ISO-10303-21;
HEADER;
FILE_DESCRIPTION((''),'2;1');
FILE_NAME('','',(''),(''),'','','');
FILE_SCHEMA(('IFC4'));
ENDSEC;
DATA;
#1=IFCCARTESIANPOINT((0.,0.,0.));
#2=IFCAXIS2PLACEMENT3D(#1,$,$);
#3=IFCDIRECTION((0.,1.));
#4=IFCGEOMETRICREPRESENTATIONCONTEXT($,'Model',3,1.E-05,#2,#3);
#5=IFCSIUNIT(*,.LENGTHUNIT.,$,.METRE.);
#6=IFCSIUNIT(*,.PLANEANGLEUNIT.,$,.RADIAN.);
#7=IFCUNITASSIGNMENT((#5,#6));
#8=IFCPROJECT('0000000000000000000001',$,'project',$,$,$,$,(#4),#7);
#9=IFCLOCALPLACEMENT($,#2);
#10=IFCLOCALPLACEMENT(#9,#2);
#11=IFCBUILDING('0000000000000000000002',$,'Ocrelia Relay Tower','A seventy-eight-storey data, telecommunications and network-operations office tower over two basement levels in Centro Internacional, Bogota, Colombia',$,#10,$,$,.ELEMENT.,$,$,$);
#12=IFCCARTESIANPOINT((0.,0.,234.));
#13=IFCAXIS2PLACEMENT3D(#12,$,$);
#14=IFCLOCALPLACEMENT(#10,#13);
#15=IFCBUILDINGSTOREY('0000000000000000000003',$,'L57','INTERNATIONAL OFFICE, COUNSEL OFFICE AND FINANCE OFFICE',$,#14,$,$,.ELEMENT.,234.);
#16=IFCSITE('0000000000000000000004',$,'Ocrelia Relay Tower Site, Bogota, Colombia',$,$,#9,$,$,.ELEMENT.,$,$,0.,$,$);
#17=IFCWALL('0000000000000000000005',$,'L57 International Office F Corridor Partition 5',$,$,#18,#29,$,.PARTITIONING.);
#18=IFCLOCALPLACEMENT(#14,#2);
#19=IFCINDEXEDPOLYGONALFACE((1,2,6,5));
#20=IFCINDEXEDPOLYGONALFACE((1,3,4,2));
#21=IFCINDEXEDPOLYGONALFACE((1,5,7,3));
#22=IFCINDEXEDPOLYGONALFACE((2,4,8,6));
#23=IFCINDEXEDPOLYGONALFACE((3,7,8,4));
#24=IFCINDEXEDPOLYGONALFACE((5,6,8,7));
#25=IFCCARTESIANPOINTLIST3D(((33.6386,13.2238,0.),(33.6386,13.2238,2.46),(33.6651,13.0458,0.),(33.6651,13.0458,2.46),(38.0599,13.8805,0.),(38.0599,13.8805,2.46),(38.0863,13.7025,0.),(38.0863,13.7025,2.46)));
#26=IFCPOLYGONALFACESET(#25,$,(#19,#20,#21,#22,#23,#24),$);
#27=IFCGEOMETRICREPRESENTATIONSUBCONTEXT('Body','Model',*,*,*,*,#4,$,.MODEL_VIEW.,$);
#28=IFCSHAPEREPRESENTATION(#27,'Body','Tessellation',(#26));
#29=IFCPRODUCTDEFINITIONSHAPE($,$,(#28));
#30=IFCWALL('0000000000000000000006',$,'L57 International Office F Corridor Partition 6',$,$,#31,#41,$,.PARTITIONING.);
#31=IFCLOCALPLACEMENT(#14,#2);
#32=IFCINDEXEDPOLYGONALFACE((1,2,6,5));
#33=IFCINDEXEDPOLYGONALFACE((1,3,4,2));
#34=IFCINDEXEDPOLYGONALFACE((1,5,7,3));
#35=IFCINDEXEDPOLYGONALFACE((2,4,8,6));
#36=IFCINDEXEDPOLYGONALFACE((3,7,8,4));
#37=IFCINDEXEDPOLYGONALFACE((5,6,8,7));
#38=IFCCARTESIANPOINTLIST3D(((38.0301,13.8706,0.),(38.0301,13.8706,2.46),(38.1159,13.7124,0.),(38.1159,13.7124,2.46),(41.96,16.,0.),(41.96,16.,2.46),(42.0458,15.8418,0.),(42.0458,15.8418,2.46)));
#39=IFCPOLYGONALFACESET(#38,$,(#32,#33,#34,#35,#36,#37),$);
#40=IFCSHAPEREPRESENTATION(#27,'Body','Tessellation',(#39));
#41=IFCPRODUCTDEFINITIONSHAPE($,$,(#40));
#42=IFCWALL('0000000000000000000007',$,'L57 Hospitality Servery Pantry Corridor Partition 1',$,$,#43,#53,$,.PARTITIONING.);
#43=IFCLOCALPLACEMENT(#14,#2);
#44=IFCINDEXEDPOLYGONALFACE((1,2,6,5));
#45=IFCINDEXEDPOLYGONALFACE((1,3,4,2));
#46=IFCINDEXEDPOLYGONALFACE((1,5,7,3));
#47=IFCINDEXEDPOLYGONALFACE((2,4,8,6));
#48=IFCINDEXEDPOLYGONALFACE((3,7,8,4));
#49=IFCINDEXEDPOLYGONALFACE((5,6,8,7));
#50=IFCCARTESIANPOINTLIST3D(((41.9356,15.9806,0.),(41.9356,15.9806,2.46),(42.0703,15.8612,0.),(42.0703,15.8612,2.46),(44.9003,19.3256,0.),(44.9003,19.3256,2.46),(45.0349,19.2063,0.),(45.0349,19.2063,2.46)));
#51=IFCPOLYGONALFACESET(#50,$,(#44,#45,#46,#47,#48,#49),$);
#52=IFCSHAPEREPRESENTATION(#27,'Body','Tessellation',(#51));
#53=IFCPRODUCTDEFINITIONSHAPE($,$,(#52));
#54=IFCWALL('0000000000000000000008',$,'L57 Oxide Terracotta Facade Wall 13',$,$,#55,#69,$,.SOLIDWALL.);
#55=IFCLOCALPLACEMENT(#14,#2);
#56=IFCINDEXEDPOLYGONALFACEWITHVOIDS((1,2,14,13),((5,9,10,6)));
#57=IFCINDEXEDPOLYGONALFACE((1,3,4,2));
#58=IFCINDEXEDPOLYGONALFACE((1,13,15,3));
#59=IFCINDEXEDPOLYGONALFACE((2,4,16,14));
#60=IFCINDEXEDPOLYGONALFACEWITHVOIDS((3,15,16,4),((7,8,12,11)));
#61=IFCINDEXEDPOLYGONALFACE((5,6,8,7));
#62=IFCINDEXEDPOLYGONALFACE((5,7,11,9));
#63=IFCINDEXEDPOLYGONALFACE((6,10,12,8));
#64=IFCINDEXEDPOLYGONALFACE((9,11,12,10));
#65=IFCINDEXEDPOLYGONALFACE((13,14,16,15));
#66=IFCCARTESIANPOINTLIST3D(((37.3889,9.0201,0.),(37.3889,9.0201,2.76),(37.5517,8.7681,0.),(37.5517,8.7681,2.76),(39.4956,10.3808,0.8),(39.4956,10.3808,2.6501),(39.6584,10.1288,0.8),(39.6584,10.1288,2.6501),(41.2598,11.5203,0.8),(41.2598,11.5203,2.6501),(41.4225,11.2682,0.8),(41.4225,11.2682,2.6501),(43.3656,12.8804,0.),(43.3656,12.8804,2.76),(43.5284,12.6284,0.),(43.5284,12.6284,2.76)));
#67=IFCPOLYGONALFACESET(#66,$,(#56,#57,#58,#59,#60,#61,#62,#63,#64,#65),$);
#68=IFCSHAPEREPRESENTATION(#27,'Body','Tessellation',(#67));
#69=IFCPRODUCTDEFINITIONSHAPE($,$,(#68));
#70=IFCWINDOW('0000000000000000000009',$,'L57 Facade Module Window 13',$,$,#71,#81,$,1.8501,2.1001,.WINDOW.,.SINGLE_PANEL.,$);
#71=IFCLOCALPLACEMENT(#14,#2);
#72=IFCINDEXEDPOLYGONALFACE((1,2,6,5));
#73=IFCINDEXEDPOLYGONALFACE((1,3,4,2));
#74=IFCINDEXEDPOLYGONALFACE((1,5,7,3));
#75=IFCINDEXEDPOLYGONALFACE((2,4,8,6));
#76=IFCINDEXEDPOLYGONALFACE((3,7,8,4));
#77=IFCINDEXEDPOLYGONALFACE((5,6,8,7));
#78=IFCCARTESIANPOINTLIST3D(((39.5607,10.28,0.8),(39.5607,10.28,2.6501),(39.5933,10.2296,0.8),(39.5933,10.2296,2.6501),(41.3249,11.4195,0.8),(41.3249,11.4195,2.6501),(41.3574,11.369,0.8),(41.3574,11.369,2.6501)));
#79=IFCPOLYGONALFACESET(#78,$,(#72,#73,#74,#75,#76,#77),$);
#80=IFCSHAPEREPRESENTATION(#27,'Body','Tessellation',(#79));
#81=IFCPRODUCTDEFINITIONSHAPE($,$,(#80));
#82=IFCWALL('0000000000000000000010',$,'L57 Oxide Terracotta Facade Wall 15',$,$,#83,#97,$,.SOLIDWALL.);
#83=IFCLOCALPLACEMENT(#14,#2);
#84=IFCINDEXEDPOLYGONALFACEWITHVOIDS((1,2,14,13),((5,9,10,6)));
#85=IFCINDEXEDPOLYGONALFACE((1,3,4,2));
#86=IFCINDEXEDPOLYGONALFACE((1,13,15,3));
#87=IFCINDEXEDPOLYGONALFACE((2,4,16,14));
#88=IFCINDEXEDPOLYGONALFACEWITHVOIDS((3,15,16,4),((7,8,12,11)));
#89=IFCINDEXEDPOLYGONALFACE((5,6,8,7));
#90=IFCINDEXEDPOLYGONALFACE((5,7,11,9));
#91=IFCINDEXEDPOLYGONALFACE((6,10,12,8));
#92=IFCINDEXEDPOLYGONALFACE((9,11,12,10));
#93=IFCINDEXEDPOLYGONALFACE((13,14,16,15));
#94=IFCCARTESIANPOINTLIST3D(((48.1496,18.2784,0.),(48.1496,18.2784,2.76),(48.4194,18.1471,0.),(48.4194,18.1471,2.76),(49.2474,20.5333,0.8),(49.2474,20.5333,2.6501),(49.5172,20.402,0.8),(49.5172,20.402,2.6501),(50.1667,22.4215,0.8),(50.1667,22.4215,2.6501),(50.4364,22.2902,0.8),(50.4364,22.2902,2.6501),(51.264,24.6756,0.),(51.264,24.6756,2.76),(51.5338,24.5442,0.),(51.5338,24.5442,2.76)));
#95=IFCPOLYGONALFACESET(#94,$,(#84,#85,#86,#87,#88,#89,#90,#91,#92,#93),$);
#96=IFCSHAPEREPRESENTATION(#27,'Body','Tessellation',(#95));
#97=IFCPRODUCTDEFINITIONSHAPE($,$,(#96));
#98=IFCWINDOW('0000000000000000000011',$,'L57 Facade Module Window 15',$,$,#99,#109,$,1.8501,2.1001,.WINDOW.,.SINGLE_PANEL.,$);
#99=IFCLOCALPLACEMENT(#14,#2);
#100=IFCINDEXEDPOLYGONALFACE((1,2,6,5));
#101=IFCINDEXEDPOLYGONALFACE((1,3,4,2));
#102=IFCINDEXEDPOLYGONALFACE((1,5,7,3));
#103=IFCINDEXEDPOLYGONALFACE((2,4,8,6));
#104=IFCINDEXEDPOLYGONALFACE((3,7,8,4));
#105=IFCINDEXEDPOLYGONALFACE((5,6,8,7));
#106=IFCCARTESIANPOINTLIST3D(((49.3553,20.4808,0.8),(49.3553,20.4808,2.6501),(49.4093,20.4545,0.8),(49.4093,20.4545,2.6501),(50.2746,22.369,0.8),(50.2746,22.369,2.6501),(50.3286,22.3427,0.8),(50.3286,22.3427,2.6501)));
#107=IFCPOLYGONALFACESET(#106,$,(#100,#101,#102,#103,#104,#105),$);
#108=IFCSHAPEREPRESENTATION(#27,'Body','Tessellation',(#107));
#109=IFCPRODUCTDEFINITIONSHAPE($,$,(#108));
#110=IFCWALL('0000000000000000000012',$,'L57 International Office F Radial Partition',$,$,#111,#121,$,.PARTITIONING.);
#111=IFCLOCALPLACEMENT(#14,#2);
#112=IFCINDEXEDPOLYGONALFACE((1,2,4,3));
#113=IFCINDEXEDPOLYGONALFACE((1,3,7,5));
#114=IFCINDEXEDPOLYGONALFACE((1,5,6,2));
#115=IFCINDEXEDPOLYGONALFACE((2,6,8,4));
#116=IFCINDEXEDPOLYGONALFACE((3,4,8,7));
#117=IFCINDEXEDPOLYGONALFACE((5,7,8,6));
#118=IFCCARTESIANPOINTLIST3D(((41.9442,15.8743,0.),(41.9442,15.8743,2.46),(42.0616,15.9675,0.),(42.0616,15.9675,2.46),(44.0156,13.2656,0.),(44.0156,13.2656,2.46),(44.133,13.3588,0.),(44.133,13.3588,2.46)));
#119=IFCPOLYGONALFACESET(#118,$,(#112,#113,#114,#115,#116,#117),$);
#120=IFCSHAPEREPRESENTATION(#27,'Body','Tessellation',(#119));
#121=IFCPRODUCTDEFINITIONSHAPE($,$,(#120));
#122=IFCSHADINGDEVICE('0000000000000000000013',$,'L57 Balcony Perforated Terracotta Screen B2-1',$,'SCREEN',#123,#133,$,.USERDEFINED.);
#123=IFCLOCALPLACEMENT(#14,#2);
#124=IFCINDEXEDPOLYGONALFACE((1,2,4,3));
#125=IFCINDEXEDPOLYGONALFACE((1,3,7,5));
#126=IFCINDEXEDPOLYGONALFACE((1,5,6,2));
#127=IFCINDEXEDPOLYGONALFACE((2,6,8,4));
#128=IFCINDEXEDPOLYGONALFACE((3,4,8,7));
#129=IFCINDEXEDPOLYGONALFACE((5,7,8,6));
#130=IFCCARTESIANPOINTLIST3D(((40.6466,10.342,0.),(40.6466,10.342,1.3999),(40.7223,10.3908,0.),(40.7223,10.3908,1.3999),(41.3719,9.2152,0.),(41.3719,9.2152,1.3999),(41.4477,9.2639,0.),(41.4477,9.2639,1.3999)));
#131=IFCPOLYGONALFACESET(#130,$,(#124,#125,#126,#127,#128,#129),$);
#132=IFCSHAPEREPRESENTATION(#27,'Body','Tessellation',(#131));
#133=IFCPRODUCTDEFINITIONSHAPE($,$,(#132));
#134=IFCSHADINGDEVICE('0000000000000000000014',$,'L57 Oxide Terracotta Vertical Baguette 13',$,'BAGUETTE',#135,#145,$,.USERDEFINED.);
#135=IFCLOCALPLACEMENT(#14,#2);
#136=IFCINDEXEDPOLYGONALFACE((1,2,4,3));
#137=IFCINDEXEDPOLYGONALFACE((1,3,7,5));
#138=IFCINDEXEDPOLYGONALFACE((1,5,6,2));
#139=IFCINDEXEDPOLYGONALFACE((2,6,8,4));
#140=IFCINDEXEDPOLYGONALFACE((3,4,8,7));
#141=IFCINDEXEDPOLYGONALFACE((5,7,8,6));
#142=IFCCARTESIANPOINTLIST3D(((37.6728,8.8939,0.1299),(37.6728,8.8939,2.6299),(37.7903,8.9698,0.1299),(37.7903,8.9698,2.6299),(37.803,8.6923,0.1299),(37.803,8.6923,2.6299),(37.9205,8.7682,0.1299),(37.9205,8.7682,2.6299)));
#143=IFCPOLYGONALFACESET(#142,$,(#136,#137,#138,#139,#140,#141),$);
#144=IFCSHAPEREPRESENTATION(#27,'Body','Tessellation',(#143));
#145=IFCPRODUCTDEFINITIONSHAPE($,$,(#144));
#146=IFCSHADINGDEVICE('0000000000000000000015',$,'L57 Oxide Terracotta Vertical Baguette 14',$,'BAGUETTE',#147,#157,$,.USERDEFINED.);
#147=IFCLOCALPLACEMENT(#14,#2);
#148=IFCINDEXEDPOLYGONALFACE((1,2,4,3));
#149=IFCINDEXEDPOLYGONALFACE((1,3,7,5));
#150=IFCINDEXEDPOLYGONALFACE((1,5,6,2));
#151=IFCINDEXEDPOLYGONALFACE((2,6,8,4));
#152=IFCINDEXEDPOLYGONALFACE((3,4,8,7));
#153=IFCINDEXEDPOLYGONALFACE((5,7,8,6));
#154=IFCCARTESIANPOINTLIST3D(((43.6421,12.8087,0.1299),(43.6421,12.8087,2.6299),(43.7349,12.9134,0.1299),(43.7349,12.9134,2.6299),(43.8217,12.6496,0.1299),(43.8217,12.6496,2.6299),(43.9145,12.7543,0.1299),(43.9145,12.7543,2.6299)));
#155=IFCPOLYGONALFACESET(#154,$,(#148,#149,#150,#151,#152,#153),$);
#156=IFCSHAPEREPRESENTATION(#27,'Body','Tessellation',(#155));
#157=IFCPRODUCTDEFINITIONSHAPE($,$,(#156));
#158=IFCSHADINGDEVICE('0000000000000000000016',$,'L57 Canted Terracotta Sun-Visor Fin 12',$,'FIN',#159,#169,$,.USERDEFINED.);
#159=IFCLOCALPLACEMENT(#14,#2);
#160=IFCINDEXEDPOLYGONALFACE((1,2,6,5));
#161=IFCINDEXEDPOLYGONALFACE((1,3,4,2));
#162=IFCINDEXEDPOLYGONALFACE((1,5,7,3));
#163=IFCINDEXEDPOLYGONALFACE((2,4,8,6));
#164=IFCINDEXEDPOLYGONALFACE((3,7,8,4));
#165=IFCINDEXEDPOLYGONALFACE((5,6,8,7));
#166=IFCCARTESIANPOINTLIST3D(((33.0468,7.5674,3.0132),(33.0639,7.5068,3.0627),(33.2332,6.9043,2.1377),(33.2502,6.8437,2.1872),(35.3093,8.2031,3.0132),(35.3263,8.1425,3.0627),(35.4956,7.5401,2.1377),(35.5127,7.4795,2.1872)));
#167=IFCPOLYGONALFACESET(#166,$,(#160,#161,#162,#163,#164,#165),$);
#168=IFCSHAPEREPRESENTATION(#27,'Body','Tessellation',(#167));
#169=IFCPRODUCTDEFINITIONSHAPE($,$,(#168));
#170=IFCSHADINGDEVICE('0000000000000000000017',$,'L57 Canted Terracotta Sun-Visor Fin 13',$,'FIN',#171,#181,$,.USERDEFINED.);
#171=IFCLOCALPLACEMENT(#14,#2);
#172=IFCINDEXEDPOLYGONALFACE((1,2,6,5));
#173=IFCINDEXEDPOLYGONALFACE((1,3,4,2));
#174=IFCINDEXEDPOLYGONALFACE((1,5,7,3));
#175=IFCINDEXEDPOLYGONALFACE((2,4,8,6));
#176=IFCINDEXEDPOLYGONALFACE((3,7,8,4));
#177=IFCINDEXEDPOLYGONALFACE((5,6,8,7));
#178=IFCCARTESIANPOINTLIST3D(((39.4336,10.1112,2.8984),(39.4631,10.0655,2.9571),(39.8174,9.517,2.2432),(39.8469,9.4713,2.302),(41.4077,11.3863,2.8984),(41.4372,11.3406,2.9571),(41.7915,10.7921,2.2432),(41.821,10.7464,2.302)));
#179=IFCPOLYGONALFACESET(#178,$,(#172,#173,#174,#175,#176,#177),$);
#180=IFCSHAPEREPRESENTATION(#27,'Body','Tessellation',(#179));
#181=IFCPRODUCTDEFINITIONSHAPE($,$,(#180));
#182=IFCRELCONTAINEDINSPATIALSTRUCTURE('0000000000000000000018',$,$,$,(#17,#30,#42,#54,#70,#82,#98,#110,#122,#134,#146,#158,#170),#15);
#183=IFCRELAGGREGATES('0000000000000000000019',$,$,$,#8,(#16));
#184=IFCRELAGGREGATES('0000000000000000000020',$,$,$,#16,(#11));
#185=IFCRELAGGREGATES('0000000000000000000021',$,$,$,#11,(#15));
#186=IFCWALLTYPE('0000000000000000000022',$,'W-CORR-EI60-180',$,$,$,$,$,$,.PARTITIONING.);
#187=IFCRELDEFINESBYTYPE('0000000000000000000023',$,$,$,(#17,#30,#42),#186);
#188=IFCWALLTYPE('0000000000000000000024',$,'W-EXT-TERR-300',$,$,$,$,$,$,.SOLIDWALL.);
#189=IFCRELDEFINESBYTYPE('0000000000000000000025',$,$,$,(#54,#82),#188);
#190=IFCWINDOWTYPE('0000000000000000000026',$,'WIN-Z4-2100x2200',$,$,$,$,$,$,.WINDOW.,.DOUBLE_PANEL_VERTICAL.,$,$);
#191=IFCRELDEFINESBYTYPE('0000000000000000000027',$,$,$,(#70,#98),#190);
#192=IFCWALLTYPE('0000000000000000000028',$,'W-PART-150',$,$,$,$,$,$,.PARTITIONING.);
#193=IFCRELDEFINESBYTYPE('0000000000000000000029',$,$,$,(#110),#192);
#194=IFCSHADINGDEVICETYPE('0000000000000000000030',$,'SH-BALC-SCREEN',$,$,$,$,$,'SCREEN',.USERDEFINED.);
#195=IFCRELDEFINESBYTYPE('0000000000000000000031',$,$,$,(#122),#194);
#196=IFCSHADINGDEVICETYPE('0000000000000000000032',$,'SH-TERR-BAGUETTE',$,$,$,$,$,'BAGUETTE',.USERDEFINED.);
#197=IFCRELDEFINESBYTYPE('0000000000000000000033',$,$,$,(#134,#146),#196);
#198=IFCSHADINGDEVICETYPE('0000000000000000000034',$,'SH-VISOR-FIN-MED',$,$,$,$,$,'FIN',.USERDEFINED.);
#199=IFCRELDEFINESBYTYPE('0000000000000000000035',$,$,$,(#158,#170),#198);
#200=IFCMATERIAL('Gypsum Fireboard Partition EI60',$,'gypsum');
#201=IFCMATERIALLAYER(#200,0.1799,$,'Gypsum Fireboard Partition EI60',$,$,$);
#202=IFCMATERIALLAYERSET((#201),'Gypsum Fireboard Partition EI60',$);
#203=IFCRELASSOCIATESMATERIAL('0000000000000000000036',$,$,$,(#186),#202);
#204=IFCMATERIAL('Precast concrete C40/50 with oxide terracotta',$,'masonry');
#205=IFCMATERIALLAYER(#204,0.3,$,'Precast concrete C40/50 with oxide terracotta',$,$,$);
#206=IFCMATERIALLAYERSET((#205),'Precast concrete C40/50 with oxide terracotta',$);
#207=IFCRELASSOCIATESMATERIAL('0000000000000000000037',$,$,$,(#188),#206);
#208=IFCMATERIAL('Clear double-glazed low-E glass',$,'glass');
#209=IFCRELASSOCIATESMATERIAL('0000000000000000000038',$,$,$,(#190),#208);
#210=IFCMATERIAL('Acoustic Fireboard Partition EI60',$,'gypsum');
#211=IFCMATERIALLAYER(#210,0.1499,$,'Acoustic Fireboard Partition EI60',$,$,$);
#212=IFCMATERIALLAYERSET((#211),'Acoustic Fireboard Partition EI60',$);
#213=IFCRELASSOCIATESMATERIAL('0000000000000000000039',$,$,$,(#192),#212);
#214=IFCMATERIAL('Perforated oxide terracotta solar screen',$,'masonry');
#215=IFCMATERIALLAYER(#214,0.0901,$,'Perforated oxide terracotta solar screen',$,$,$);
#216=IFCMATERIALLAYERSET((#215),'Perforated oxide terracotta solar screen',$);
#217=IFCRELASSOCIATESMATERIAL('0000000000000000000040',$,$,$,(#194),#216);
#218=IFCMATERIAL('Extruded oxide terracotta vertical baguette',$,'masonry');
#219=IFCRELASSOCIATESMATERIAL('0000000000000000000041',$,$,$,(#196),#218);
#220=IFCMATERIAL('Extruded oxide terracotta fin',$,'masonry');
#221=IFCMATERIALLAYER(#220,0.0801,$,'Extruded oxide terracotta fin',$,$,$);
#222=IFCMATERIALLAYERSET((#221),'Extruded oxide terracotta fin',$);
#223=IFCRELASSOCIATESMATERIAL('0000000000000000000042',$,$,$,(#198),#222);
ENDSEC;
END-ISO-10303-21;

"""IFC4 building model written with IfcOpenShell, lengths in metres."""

from ifc_helpers import new_model, si_unit, direction, frame, frame_2d, origin, origin_2d, place, context, subcontext, project, spatial, rectangle, extrude, material, layer, layer_set, type_object, element, fill, save


model = new_model("IFC4")

# Units and contexts
model_context = context("Model", 3, precision=1e-05, world=origin(), true_north=direction((0.0, 1.0)))
body_context = subcontext(model_context, "Body", "Model", "MODEL_VIEW")
ifc_project = project(units=[si_unit("LENGTHUNIT", "METRE"), si_unit("PLANEANGLEUNIT", "RADIAN")], contexts=[model_context])

# Site, building, storey
site_placement = place(None, origin())
site = spatial("IfcSite", under=ifc_project, at=site_placement, Name="Ocrelia Relay Tower Site, Bogota, Colombia", CompositionType="ELEMENT", RefElevation=0.0)
building_placement = place(site_placement, origin())
building = spatial("IfcBuilding", under=site, at=building_placement, Name="Ocrelia Relay Tower", Description="A seventy-eight-storey data, telecommunications and network-operations office tower over two basement levels in Centro Internacional, Bogota, Colombia", CompositionType="ELEMENT")
storey_placement = place(building_placement, frame((0.0, 0.0, 234.0)))
storey = spatial("IfcBuildingStorey", under=building, at=storey_placement, Name="L57", Description="INTERNATIONAL OFFICE, COUNSEL OFFICE AND FINANCE OFFICE", CompositionType="ELEMENT", Elevation=234.0)

# Walls
ifc_material_1 = material(Name="Gypsum Fireboard Partition EI60", Category="gypsum")
ifc_layer_1 = layer(ifc_material_1, 0.1799, Name="Gypsum Fireboard Partition EI60")
ifc_layer_set_1 = layer_set([ifc_layer_1], Name="Gypsum Fireboard Partition EI60")
wall_type_1 = type_object("IfcWallType", Name="W-CORR-EI60-180", PredefinedType="PARTITIONING", material=ifc_layer_set_1)
for number, where, z_axis, x_axis, name in (
    (1, (33.6519, 13.1348, 0.0), (0.0, 0.0, 1.0), (0.989146, 0.146933, 0.0), "L57 International Office F Corridor Partition 5"),
    (2, (38.073, 13.7915, 0.0), (0.0, 0.0, 1.0), (0.879228, 0.476401, 0.0), "L57 International Office F Corridor Partition 6"),
    (3, (42.0029, 15.9209, 0.0), (0.0, 0.0, 1.0), (0.663275, 0.748376, 0.0), "L57 Hospitality Servery Pantry Corridor Partition 1"),
):
    element("IfcWall", number, at=place(storey_placement, frame(where, z_axis=z_axis, x_axis=x_axis)), inside=storey, type_object=wall_type_1, Name=name, PredefinedType="PARTITIONING", context=body_context, shape_type="SweptSolid", body=[
        extrude(rectangle(XDim=4.4697, YDim=0.1799, at=frame_2d((2.2349, 0.0))), origin(), (0.0, 0.0, 1.0), 2.46),
    ])

# Wall, opening, window
ifc_material_2 = material(Name="Precast concrete C40/50 with oxide terracotta", Category="masonry")
ifc_layer_2 = layer(ifc_material_2, 0.3, Name="Precast concrete C40/50 with oxide terracotta")
ifc_layer_set_2 = layer_set([ifc_layer_2], Name="Precast concrete C40/50 with oxide terracotta")
wall_type_2 = type_object("IfcWallType", Name="W-EXT-TERR-300", PredefinedType="SOLIDWALL", material=ifc_layer_set_2)
wall_1_placement = place(storey_placement, frame((37.4702, 8.894, 0.0), z_axis=(0.0, 0.0, 1.0), x_axis=(0.840018, 0.542558, 0.0)))
wall_1 = element("IfcWall", 4, at=wall_1_placement, inside=storey, type_object=wall_type_2, Name="L57 Oxide Terracotta Facade Wall 13", PredefinedType="SOLIDWALL", context=body_context, shape_type="SweptSolid", body=[
    extrude(rectangle(XDim=7.115, YDim=0.3, at=frame_2d((3.5576, 0.0))), origin(), (0.0, 0.0, 1.0), 2.76),
])
opening_1_placement = place(wall_1_placement, frame((2.5081, 0.0, 0.8)))
opening_1 = element("IfcOpeningElement", 5, at=opening_1_placement, cuts=wall_1, PredefinedType="OPENING", context=body_context, shape_type="SweptSolid", body=[
    extrude(rectangle(XDim=2.1001, YDim=1.8501, at=frame_2d((1.05, 0.925))), frame((0.0, 0.1602, 0.0), z_axis=(0.0, -1.0, 0.0), x_axis=(1.0, 0.0, 0.0)), (0.0, 0.0, 1.0), 0.3201),
])
ifc_material_3 = material(Name="Clear double-glazed low-E glass", Category="glass")
window_type = type_object("IfcWindowType", Name="WIN-Z4-2100x2200", PartitioningType="DOUBLE_PANEL_VERTICAL", PredefinedType="WINDOW", material=ifc_material_3)
window_1_placement = place(opening_1_placement, origin())
window_1 = element("IfcWindow", 6, at=window_1_placement, inside=storey, type_object=window_type, Name="L57 Facade Module Window 13", OverallHeight=1.8501, OverallWidth=2.1001, PartitioningType="SINGLE_PANEL", PredefinedType="WINDOW", context=body_context, shape_type="SweptSolid", body=[
    extrude(rectangle(XDim=2.1001, YDim=1.8501, at=frame_2d((1.05, 0.925))), frame((0.0, 0.03, 0.0), z_axis=(0.0, -1.0, 0.0), x_axis=(1.0, 0.0, 0.0)), (0.0, 0.0, 1.0), 0.0601),
])
fill(opening_1, window_1)

# Wall, opening, window
wall_2_placement = place(storey_placement, frame((48.2844, 18.2126, 0.0), z_axis=(0.0, 0.0, 1.0), x_axis=(0.437732, 0.899106, 0.0)))
wall_2 = element("IfcWall", 7, at=wall_2_placement, inside=storey, type_object=wall_type_2, Name="L57 Oxide Terracotta Facade Wall 15", PredefinedType="SOLIDWALL", context=body_context, shape_type="SweptSolid", body=[
    extrude(rectangle(XDim=7.115, YDim=0.3, at=frame_2d((3.5576, 0.0))), origin(), (0.0, 0.0, 1.0), 2.76),
])
opening_2_placement = place(wall_2_placement, frame((2.5081, 0.0, 0.8)))
opening_2 = element("IfcOpeningElement", 8, at=opening_2_placement, cuts=wall_2, PredefinedType="OPENING", context=body_context, shape_type="SweptSolid", body=[
    extrude(rectangle(XDim=2.1001, YDim=1.8501, at=frame_2d((1.05, 0.925))), frame((0.0, 0.1602, 0.0), z_axis=(0.0, -1.0, 0.0), x_axis=(1.0, 0.0, 0.0)), (0.0, 0.0, 1.0), 0.3201),
])
window_2_placement = place(opening_2_placement, origin())
window_2 = element("IfcWindow", 9, at=window_2_placement, inside=storey, type_object=window_type, Name="L57 Facade Module Window 15", OverallHeight=1.8501, OverallWidth=2.1001, PartitioningType="SINGLE_PANEL", PredefinedType="WINDOW", context=body_context, shape_type="SweptSolid", body=[
    extrude(rectangle(XDim=2.1001, YDim=1.8501, at=frame_2d((1.05, 0.925))), frame((0.0, 0.03, 0.0), z_axis=(0.0, -1.0, 0.0), x_axis=(1.0, 0.0, 0.0)), (0.0, 0.0, 1.0), 0.0601),
])
fill(opening_2, window_2)

# Wall
ifc_material_4 = material(Name="Acoustic Fireboard Partition EI60", Category="gypsum")
ifc_layer_3 = layer(ifc_material_4, 0.1499, Name="Acoustic Fireboard Partition EI60")
ifc_layer_set_3 = layer_set([ifc_layer_3], Name="Acoustic Fireboard Partition EI60")
wall_type_3 = type_object("IfcWallType", Name="W-PART-150", PredefinedType="PARTITIONING", material=ifc_layer_set_3)
wall_3_placement = place(storey_placement, frame((42.0029, 15.9209, 0.0), z_axis=(0.0, 0.0, 1.0), x_axis=(0.621831, -0.783152, 0.0)))
element("IfcWall", 10, at=wall_3_placement, inside=storey, type_object=wall_type_3, Name="L57 International Office F Radial Partition", PredefinedType="PARTITIONING", context=body_context, shape_type="SweptSolid", body=[
    extrude(rectangle(XDim=3.3311, YDim=0.1499, at=frame_2d((1.6655, 0.0))), origin(), (0.0, 0.0, 1.0), 2.46),
])

# Shading devices
ifc_material_5 = material(Name="Perforated oxide terracotta solar screen", Category="masonry")
ifc_layer_4 = layer(ifc_material_5, 0.0901, Name="Perforated oxide terracotta solar screen")
ifc_layer_set_4 = layer_set([ifc_layer_4], Name="Perforated oxide terracotta solar screen")
shading_device_type_1 = type_object("IfcShadingDeviceType", Name="SH-BALC-SCREEN", ElementType="SCREEN", PredefinedType="USERDEFINED", material=ifc_layer_set_4)
shading_device_1_placement = place(storey_placement, frame((41.0471, 9.803, 0.0), z_axis=(0.0, 0.0, 1.0), x_axis=(0.541247, -0.840864, 0.0)))
element("IfcShadingDevice", 11, at=shading_device_1_placement, inside=storey, type_object=shading_device_type_1, Name="L57 Balcony Perforated Terracotta Screen B2-1", ObjectType="SCREEN", PredefinedType="USERDEFINED", context=body_context, shape_type="SweptSolid", body=[
    extrude(rectangle(XDim=1.3401, YDim=0.0901, at=origin_2d()), origin(), (0.0, 0.0, 1.0), 1.3999),
])
ifc_material_6 = material(Name="Extruded oxide terracotta vertical baguette", Category="masonry")
shading_device_type_2 = type_object("IfcShadingDeviceType", Name="SH-TERR-BAGUETTE", ElementType="BAGUETTE", PredefinedType="USERDEFINED", material=ifc_material_6)
for number, where, z_axis, x_axis, name in (
    (12, (37.7966, 8.8311, 0.1299), (0.0, 0.0, 1.0), (0.840008, 0.542573, 0.0), "L57 Oxide Terracotta Vertical Baguette 13"),
    (13, (43.7783, 12.7815, 0.1299), (0.0, 0.0, 1.0), (0.663272, 0.748378, 0.0), "L57 Oxide Terracotta Vertical Baguette 14"),
):
    element("IfcShadingDevice", number, at=place(storey_placement, frame(where, z_axis=z_axis, x_axis=x_axis)), inside=storey, type_object=shading_device_type_2, Name=name, ObjectType="BAGUETTE", PredefinedType="USERDEFINED", context=body_context, shape_type="SweptSolid", body=[
        extrude(rectangle(XDim=0.1399, YDim=0.24, at=origin_2d()), origin(), (0.0, 0.0, 1.0), 2.5),
    ])
ifc_material_7 = material(Name="Extruded oxide terracotta fin", Category="masonry")
ifc_layer_5 = layer(ifc_material_7, 0.0801, Name="Extruded oxide terracotta fin")
ifc_layer_set_5 = layer_set([ifc_layer_5], Name="Extruded oxide terracotta fin")
shading_device_type_3 = type_object("IfcShadingDeviceType", Name="SH-VISOR-FIN-MED", ElementType="FIN", PredefinedType="USERDEFINED", material=ifc_layer_set_5)
shading_device_2_placement = place(storey_placement, frame((34.2712, 7.5537, 2.5754), z_axis=(0.212628, -0.756657, 0.618271), x_axis=(0.962711, 0.270532, 0.0)))
element("IfcShadingDevice", 14, at=shading_device_2_placement, inside=storey, type_object=shading_device_type_3, Name="L57 Canted Terracotta Sun-Visor Fin 12", ObjectType="FIN", PredefinedType="USERDEFINED", context=body_context, shape_type="SweptSolid", body=[
    extrude(rectangle(XDim=2.3501, YDim=1.114, at=origin_2d()), origin(), (0.0, 0.0, 1.0), 0.0801),
])
shading_device_3_placement = place(storey_placement, frame((40.6125, 10.4517, 2.5708), z_axis=(0.368716, -0.570844, 0.733611), x_axis=(0.840008, 0.542573, 0.0)))
element("IfcShadingDevice", 15, at=shading_device_3_placement, inside=storey, type_object=shading_device_type_3, Name="L57 Canted Terracotta Sun-Visor Fin 13", ObjectType="FIN", PredefinedType="USERDEFINED", context=body_context, shape_type="SweptSolid", body=[
    extrude(rectangle(XDim=2.3501, YDim=0.9641, at=origin_2d()), origin(), (0.0, 0.0, 1.0), 0.0801),
])

save(model, "model.ifc")
